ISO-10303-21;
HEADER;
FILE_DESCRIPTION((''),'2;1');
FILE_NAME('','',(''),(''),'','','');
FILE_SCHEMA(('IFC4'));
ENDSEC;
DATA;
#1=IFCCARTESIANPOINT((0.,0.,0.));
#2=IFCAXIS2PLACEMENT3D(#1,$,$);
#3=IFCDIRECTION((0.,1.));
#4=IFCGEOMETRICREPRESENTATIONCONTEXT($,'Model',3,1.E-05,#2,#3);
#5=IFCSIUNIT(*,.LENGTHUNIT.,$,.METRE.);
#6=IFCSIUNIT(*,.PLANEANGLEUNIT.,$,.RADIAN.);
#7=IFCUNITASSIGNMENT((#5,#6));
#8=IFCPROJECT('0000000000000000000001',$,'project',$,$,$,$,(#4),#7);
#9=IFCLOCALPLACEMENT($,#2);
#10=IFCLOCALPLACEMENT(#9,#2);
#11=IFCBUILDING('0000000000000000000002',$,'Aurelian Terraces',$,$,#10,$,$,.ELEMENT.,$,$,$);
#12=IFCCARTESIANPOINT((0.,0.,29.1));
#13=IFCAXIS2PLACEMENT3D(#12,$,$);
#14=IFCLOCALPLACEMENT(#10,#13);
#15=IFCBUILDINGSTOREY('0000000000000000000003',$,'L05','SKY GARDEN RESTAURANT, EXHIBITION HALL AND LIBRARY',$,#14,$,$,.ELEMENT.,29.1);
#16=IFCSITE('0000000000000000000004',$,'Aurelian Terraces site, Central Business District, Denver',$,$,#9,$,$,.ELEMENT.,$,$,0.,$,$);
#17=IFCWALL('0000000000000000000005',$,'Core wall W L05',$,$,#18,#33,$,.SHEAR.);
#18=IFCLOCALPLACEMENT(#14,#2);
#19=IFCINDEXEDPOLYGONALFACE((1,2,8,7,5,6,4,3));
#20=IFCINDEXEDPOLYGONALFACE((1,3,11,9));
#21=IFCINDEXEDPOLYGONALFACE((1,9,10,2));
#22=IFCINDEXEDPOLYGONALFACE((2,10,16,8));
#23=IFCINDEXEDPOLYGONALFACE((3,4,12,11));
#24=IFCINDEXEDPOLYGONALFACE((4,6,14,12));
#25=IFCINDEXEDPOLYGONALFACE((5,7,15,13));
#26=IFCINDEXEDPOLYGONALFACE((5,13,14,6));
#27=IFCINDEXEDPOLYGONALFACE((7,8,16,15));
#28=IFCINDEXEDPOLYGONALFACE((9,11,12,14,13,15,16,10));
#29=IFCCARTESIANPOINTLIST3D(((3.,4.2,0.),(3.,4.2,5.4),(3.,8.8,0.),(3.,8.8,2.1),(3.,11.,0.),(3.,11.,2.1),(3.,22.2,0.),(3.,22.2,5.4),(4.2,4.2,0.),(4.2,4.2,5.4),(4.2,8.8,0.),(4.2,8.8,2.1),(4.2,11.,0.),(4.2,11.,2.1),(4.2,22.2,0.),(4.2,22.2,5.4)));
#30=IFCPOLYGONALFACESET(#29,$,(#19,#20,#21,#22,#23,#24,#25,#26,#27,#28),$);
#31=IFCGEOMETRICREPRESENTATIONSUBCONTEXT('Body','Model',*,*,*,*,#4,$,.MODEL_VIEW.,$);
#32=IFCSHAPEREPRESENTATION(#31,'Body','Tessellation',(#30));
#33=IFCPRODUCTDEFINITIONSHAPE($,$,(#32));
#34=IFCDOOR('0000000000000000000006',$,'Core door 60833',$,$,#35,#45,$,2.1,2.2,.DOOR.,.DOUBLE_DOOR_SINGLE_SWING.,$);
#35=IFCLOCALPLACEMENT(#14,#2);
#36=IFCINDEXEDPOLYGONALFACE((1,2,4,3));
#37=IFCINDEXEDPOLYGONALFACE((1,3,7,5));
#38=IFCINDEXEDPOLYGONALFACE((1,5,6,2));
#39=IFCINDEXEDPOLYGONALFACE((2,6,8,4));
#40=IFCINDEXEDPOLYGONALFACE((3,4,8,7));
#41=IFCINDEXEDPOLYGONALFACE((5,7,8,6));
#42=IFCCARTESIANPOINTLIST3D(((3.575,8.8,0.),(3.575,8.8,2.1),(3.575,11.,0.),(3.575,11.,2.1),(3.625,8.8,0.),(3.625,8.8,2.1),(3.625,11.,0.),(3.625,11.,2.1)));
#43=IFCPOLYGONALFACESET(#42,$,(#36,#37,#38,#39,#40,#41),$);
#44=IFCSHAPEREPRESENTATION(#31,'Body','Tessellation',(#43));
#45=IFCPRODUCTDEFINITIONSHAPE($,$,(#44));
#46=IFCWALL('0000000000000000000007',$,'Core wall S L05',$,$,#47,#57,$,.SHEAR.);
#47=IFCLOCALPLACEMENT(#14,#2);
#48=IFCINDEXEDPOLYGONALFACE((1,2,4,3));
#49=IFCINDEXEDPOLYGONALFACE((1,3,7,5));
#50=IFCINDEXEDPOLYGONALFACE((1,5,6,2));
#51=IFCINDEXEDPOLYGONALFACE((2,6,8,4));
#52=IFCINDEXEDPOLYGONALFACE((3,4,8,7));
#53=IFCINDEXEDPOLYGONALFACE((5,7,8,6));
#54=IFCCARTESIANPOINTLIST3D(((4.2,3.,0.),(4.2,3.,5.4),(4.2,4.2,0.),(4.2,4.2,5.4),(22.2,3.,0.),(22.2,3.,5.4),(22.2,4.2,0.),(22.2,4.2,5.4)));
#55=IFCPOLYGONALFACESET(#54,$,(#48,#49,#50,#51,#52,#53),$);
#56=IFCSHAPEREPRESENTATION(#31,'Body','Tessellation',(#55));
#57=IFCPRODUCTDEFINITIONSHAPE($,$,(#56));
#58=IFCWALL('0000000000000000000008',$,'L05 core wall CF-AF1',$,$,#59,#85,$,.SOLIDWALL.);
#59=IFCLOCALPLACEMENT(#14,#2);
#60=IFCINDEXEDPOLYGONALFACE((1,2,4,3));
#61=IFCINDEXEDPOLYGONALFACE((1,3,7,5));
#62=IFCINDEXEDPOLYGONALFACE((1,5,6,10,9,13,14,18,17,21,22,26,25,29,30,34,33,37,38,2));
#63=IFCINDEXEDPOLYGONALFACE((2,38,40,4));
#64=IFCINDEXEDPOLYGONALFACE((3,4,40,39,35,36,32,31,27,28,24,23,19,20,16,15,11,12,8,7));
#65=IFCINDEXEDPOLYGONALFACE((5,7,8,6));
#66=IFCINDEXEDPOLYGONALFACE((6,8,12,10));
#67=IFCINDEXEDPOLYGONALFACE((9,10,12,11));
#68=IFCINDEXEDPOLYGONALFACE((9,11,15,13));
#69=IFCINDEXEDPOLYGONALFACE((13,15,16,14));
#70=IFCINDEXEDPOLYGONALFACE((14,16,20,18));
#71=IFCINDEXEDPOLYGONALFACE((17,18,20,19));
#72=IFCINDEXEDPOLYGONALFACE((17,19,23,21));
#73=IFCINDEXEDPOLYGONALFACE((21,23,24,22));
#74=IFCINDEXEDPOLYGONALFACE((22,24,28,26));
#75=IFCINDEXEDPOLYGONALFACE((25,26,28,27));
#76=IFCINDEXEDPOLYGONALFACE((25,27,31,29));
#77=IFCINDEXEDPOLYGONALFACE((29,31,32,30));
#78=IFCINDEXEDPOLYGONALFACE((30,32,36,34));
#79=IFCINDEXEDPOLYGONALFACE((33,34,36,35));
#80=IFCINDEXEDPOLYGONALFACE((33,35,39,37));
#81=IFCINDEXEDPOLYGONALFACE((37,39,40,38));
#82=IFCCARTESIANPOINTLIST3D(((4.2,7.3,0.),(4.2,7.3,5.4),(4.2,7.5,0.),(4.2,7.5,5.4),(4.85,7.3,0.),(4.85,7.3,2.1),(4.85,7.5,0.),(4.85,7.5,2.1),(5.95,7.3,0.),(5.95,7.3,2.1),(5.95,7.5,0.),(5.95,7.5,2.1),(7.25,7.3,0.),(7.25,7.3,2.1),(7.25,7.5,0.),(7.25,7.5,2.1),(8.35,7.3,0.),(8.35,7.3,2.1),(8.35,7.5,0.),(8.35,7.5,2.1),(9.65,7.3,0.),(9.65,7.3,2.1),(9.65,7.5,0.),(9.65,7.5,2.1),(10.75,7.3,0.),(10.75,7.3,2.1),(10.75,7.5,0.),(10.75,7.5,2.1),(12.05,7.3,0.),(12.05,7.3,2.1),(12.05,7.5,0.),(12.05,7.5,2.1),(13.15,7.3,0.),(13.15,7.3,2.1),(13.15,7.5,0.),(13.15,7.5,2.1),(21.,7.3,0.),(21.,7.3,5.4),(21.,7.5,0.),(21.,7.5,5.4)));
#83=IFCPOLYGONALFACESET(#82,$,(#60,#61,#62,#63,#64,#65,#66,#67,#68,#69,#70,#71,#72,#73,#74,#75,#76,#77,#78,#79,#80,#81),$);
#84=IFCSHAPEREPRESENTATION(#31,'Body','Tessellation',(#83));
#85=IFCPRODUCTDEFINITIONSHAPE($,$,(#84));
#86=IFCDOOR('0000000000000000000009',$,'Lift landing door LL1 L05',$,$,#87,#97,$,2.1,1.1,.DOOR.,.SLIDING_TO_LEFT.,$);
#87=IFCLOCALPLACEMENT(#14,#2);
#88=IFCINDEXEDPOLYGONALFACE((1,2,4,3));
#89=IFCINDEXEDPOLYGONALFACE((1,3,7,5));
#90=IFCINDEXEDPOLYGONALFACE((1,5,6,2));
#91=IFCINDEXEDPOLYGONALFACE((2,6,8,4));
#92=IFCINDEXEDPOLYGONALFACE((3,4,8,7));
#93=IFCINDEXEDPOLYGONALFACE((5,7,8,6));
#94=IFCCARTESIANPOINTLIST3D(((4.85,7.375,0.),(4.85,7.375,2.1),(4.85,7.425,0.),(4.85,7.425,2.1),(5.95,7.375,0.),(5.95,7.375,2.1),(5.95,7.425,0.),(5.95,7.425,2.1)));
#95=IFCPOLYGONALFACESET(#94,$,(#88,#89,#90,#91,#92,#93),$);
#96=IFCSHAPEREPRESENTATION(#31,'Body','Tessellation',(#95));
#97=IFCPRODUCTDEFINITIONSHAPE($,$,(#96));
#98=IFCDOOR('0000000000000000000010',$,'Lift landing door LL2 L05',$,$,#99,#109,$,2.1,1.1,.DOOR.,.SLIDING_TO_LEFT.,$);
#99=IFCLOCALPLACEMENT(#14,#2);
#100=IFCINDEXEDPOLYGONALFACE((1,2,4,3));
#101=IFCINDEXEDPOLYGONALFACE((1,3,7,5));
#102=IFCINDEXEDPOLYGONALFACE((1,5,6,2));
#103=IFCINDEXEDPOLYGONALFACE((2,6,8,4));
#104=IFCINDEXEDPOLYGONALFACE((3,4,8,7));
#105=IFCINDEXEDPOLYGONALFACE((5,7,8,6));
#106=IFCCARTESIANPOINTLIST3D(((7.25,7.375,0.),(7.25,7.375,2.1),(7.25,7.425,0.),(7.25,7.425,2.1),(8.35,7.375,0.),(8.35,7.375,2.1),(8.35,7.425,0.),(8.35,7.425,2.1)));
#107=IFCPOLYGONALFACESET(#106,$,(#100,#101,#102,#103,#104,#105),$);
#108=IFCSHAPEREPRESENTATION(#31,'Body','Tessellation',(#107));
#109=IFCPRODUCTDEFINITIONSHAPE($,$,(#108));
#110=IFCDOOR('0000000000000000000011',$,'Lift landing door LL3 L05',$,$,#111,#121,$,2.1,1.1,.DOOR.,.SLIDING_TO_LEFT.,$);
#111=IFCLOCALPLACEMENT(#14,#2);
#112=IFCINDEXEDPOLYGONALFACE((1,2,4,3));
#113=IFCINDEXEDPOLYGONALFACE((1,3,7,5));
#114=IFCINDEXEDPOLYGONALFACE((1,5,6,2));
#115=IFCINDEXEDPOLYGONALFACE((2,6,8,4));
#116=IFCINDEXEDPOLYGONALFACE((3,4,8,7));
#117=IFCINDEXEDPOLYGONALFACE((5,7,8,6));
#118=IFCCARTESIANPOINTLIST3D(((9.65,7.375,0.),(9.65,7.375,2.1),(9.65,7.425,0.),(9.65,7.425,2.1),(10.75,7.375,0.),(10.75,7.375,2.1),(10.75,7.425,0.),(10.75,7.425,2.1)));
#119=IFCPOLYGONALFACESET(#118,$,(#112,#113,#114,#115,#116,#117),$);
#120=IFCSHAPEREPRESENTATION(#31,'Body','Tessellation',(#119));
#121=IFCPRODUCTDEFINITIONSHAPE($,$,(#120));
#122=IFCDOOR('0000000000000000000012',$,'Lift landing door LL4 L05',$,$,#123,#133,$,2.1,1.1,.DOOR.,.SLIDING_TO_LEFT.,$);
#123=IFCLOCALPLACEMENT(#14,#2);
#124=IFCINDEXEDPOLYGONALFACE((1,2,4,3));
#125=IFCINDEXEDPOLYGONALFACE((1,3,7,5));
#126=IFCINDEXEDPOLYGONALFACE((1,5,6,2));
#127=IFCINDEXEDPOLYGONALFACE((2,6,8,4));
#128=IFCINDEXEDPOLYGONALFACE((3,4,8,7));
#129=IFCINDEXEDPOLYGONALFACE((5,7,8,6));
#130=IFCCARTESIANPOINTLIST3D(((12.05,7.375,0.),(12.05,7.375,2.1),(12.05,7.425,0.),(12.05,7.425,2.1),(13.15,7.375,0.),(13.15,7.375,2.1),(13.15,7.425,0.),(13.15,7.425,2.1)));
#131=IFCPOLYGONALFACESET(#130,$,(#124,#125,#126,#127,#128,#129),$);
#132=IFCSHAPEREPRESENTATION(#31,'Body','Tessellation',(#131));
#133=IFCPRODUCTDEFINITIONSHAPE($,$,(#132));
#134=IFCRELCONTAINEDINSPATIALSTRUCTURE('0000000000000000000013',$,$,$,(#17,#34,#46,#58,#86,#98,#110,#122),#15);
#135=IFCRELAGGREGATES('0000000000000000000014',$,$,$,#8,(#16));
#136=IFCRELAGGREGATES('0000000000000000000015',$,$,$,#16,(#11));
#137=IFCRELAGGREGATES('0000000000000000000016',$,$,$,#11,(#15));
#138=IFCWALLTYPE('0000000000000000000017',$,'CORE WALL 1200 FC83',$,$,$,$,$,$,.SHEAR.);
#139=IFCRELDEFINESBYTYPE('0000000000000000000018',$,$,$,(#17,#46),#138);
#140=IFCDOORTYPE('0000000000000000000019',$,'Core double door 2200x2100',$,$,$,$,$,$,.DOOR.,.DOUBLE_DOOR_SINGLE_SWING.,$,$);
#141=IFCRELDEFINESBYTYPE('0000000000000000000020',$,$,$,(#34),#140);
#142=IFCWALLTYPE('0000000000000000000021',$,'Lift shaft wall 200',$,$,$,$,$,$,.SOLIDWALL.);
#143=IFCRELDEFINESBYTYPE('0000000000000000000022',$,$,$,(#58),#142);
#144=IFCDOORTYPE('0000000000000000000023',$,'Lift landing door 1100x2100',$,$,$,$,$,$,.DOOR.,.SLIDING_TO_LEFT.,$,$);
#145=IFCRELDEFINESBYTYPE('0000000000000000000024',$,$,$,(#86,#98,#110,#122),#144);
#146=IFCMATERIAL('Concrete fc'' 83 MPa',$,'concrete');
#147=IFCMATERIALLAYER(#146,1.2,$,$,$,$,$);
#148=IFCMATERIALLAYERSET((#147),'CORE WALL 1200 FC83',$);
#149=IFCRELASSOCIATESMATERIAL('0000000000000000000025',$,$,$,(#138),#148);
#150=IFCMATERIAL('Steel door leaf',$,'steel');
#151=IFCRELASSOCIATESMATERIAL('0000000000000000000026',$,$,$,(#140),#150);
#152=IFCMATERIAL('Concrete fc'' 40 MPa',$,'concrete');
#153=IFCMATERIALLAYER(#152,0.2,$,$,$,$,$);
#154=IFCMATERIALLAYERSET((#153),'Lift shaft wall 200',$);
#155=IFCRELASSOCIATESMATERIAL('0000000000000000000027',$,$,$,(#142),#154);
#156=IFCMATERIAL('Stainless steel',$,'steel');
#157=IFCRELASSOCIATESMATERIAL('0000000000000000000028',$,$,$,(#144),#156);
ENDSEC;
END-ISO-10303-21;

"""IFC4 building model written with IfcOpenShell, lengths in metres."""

from ifc_helpers import new_model, si_unit, direction, frame, frame_2d, origin, place, context, subcontext, project, spatial, rectangle, extrude, source, transform, mapped, material, layer, layer_set, type_object, element, fill, save


model = new_model("IFC4")

# Units and contexts
model_context = context("Model", 3, precision=1e-05, world=origin(), true_north=direction((0.0, 1.0)))
body_context = subcontext(model_context, "Body", "Model", "MODEL_VIEW")
ifc_project = project(units=[si_unit("LENGTHUNIT", "METRE"), si_unit("PLANEANGLEUNIT", "RADIAN")], contexts=[model_context])

# Site, building, storey
site_placement = place(None, origin())
site = spatial("IfcSite", under=ifc_project, at=site_placement, Name="Aurelian Terraces site, Central Business District, Denver", CompositionType="ELEMENT", RefElevation=0.0)
building_placement = place(site_placement, origin())
building = spatial("IfcBuilding", under=site, at=building_placement, Name="Aurelian Terraces", CompositionType="ELEMENT")
storey_placement = place(building_placement, frame((0.0, 0.0, 29.1)))
storey = spatial("IfcBuildingStorey", under=building, at=storey_placement, Name="L05", Description="SKY GARDEN RESTAURANT, EXHIBITION HALL AND LIBRARY", CompositionType="ELEMENT", Elevation=29.1)

# Shared definitions
ifc_material_1 = material(Name="Concrete fc' 83 MPa", Category="concrete")

# Shared definitions
ifc_material_2 = material(Name="Concrete fc' 40 MPa", Category="concrete")

# Wall, opening, door
ifc_layer_1 = layer(ifc_material_1, 1.2)
ifc_layer_set_1 = layer_set([ifc_layer_1], Name="CORE WALL 1200 FC83")
wall_type_1 = type_object("IfcWallType", Name="CORE WALL 1200 FC83", PredefinedType="SHEAR", material=ifc_layer_set_1)
shared_shape_1 = source(origin(), body_context, "Body", "SweptSolid", [
    extrude(rectangle(XDim=18.0, YDim=1.2, at=frame_2d((9.0, 0.0))), origin(), (0.0, 0.0, 1.0), 5.4),
])
wall_1_placement = place(storey_placement, frame((3.6, 4.2, 0.0), z_axis=(0.0, 0.0, 1.0), x_axis=(0.0, 1.0, 0.0)))
wall_1 = element("IfcWall", 1, at=wall_1_placement, inside=storey, type_object=wall_type_1, Name="Core wall W L05", PredefinedType="SHEAR", context=body_context, shape_type="MappedRepresentation", body=[
    mapped(shared_shape_1, transform((0.0, 0.0, 0.0), scale=1.0)),
])
shared_shape_2 = source(origin(), body_context, "Body", "SweptSolid", [
    extrude(rectangle(XDim=2.2, YDim=2.1, at=frame_2d((1.1, 1.05))), frame((0.0, 0.61, 0.0), z_axis=(0.0, -1.0, 0.0), x_axis=(1.0, 0.0, 0.0)), (0.0, 0.0, 1.0), 1.22),
])
opening_1_placement = place(wall_1_placement, frame((4.6, 0.0, 0.0)))
opening_1 = element("IfcOpeningElement", 2, at=opening_1_placement, cuts=wall_1, PredefinedType="OPENING", context=body_context, shape_type="MappedRepresentation", body=[
    mapped(shared_shape_2, transform((0.0, 0.0, 0.0), scale=1.0)),
])
ifc_material_3 = material(Name="Steel door leaf", Category="steel")
door_type_1 = type_object("IfcDoorType", Name="Core double door 2200x2100", OperationType="DOUBLE_DOOR_SINGLE_SWING", PredefinedType="DOOR", material=ifc_material_3)
shared_shape_3 = source(origin(), body_context, "Body", "SweptSolid", [
    extrude(rectangle(XDim=2.2, YDim=2.1, at=frame_2d((1.1, 1.05))), frame((0.0, 0.025, 0.0), z_axis=(0.0, -1.0, 0.0), x_axis=(1.0, 0.0, 0.0)), (0.0, 0.0, 1.0), 0.05),
])
door_1_placement = place(opening_1_placement, origin())
door_1 = element("IfcDoor", 3, at=door_1_placement, inside=storey, type_object=door_type_1, Name="Core door 60833", OperationType="DOUBLE_DOOR_SINGLE_SWING", OverallHeight=2.1, OverallWidth=2.2, PredefinedType="DOOR", context=body_context, shape_type="MappedRepresentation", body=[
    mapped(shared_shape_3, transform((0.0, 0.0, 0.0), scale=1.0)),
])
fill(opening_1, door_1)

# Wall
wall_2_placement = place(storey_placement, frame((4.2, 3.6, 0.0), z_axis=(0.0, 0.0, 1.0), x_axis=(1.0, 0.0, 0.0)))
element("IfcWall", 4, at=wall_2_placement, inside=storey, type_object=wall_type_1, Name="Core wall S L05", PredefinedType="SHEAR", context=body_context, shape_type="MappedRepresentation", body=[
    mapped(shared_shape_1, transform((0.0, 0.0, 0.0), scale=1.0)),
])

# Wall, openings, doors
ifc_layer_2 = layer(ifc_material_2, 0.2)
ifc_layer_set_2 = layer_set([ifc_layer_2], Name="Lift shaft wall 200")
wall_type_2 = type_object("IfcWallType", Name="Lift shaft wall 200", PredefinedType="SOLIDWALL", material=ifc_layer_set_2)
shared_shape_4 = source(origin(), body_context, "Body", "SweptSolid", [
    extrude(rectangle(XDim=16.8, YDim=0.2, at=frame_2d((8.4, 0.0))), origin(), (0.0, 0.0, 1.0), 5.4),
])
wall_3_placement = place(storey_placement, frame((4.2, 7.4, 0.0), z_axis=(0.0, 0.0, 1.0), x_axis=(1.0, 0.0, 0.0)))
wall_3 = element("IfcWall", 5, at=wall_3_placement, inside=storey, type_object=wall_type_2, Name="L05 core wall CF-AF1", PredefinedType="SOLIDWALL", context=body_context, shape_type="MappedRepresentation", body=[
    mapped(shared_shape_4, transform((0.0, 0.0, 0.0), scale=1.0)),
])
shared_shape_5 = source(origin(), body_context, "Body", "SweptSolid", [
    extrude(rectangle(XDim=1.1, YDim=2.1, at=frame_2d((0.55, 1.05))), frame((0.0, 0.11, 0.0), z_axis=(0.0, -1.0, 0.0), x_axis=(1.0, 0.0, 0.0)), (0.0, 0.0, 1.0), 0.22),
])
opening_2_placement = place(wall_3_placement, frame((0.65, 0.0, 0.0)))
opening_2 = element("IfcOpeningElement", 6, at=opening_2_placement, cuts=wall_3, PredefinedType="OPENING", context=body_context, shape_type="MappedRepresentation", body=[
    mapped(shared_shape_5, transform((0.0, 0.0, 0.0), scale=1.0)),
])
opening_3_placement = place(wall_3_placement, frame((3.05, 0.0, 0.0)))
opening_3 = element("IfcOpeningElement", 7, at=opening_3_placement, cuts=wall_3, PredefinedType="OPENING", context=body_context, shape_type="MappedRepresentation", body=[
    mapped(shared_shape_5, transform((0.0, 0.0, 0.0), scale=1.0)),
])
opening_4_placement = place(wall_3_placement, frame((5.45, 0.0, 0.0)))
opening_4 = element("IfcOpeningElement", 8, at=opening_4_placement, cuts=wall_3, PredefinedType="OPENING", context=body_context, shape_type="MappedRepresentation", body=[
    mapped(shared_shape_5, transform((0.0, 0.0, 0.0), scale=1.0)),
])
opening_5_placement = place(wall_3_placement, frame((7.85, 0.0, 0.0)))
opening_5 = element("IfcOpeningElement", 9, at=opening_5_placement, cuts=wall_3, PredefinedType="OPENING", context=body_context, shape_type="MappedRepresentation", body=[
    mapped(shared_shape_5, transform((0.0, 0.0, 0.0), scale=1.0)),
])
ifc_material_4 = material(Name="Stainless steel", Category="steel")
door_type_2 = type_object("IfcDoorType", Name="Lift landing door 1100x2100", OperationType="SLIDING_TO_LEFT", PredefinedType="DOOR", material=ifc_material_4)
shared_shape_6 = source(origin(), body_context, "Body", "SweptSolid", [
    extrude(rectangle(XDim=1.1, YDim=2.1, at=frame_2d((0.55, 1.05))), frame((0.0, 0.025, 0.0), z_axis=(0.0, -1.0, 0.0), x_axis=(1.0, 0.0, 0.0)), (0.0, 0.0, 1.0), 0.05),
])
door_2_placement = place(opening_2_placement, origin())
door_2 = element("IfcDoor", 10, at=door_2_placement, inside=storey, type_object=door_type_2, Name="Lift landing door LL1 L05", OperationType="SLIDING_TO_LEFT", OverallHeight=2.1, OverallWidth=1.1, PredefinedType="DOOR", context=body_context, shape_type="MappedRepresentation", body=[
    mapped(shared_shape_6, transform((0.0, 0.0, 0.0), scale=1.0)),
])
fill(opening_2, door_2)
door_3_placement = place(opening_3_placement, origin())
door_3 = element("IfcDoor", 11, at=door_3_placement, inside=storey, type_object=door_type_2, Name="Lift landing door LL2 L05", OperationType="SLIDING_TO_LEFT", OverallHeight=2.1, OverallWidth=1.1, PredefinedType="DOOR", context=body_context, shape_type="MappedRepresentation", body=[
    mapped(shared_shape_6, transform((0.0, 0.0, 0.0), scale=1.0)),
])
fill(opening_3, door_3)
door_4_placement = place(opening_4_placement, origin())
door_4 = element("IfcDoor", 12, at=door_4_placement, inside=storey, type_object=door_type_2, Name="Lift landing door LL3 L05", OperationType="SLIDING_TO_LEFT", OverallHeight=2.1, OverallWidth=1.1, PredefinedType="DOOR", context=body_context, shape_type="MappedRepresentation", body=[
    mapped(shared_shape_6, transform((0.0, 0.0, 0.0), scale=1.0)),
])
fill(opening_4, door_4)
door_5_placement = place(opening_5_placement, origin())
door_5 = element("IfcDoor", 13, at=door_5_placement, inside=storey, type_object=door_type_2, Name="Lift landing door LL4 L05", OperationType="SLIDING_TO_LEFT", OverallHeight=2.1, OverallWidth=1.1, PredefinedType="DOOR", context=body_context, shape_type="MappedRepresentation", body=[
    mapped(shared_shape_6, transform((0.0, 0.0, 0.0), scale=1.0)),
])
fill(opening_5, door_5)

save(model, "model.ifc")
